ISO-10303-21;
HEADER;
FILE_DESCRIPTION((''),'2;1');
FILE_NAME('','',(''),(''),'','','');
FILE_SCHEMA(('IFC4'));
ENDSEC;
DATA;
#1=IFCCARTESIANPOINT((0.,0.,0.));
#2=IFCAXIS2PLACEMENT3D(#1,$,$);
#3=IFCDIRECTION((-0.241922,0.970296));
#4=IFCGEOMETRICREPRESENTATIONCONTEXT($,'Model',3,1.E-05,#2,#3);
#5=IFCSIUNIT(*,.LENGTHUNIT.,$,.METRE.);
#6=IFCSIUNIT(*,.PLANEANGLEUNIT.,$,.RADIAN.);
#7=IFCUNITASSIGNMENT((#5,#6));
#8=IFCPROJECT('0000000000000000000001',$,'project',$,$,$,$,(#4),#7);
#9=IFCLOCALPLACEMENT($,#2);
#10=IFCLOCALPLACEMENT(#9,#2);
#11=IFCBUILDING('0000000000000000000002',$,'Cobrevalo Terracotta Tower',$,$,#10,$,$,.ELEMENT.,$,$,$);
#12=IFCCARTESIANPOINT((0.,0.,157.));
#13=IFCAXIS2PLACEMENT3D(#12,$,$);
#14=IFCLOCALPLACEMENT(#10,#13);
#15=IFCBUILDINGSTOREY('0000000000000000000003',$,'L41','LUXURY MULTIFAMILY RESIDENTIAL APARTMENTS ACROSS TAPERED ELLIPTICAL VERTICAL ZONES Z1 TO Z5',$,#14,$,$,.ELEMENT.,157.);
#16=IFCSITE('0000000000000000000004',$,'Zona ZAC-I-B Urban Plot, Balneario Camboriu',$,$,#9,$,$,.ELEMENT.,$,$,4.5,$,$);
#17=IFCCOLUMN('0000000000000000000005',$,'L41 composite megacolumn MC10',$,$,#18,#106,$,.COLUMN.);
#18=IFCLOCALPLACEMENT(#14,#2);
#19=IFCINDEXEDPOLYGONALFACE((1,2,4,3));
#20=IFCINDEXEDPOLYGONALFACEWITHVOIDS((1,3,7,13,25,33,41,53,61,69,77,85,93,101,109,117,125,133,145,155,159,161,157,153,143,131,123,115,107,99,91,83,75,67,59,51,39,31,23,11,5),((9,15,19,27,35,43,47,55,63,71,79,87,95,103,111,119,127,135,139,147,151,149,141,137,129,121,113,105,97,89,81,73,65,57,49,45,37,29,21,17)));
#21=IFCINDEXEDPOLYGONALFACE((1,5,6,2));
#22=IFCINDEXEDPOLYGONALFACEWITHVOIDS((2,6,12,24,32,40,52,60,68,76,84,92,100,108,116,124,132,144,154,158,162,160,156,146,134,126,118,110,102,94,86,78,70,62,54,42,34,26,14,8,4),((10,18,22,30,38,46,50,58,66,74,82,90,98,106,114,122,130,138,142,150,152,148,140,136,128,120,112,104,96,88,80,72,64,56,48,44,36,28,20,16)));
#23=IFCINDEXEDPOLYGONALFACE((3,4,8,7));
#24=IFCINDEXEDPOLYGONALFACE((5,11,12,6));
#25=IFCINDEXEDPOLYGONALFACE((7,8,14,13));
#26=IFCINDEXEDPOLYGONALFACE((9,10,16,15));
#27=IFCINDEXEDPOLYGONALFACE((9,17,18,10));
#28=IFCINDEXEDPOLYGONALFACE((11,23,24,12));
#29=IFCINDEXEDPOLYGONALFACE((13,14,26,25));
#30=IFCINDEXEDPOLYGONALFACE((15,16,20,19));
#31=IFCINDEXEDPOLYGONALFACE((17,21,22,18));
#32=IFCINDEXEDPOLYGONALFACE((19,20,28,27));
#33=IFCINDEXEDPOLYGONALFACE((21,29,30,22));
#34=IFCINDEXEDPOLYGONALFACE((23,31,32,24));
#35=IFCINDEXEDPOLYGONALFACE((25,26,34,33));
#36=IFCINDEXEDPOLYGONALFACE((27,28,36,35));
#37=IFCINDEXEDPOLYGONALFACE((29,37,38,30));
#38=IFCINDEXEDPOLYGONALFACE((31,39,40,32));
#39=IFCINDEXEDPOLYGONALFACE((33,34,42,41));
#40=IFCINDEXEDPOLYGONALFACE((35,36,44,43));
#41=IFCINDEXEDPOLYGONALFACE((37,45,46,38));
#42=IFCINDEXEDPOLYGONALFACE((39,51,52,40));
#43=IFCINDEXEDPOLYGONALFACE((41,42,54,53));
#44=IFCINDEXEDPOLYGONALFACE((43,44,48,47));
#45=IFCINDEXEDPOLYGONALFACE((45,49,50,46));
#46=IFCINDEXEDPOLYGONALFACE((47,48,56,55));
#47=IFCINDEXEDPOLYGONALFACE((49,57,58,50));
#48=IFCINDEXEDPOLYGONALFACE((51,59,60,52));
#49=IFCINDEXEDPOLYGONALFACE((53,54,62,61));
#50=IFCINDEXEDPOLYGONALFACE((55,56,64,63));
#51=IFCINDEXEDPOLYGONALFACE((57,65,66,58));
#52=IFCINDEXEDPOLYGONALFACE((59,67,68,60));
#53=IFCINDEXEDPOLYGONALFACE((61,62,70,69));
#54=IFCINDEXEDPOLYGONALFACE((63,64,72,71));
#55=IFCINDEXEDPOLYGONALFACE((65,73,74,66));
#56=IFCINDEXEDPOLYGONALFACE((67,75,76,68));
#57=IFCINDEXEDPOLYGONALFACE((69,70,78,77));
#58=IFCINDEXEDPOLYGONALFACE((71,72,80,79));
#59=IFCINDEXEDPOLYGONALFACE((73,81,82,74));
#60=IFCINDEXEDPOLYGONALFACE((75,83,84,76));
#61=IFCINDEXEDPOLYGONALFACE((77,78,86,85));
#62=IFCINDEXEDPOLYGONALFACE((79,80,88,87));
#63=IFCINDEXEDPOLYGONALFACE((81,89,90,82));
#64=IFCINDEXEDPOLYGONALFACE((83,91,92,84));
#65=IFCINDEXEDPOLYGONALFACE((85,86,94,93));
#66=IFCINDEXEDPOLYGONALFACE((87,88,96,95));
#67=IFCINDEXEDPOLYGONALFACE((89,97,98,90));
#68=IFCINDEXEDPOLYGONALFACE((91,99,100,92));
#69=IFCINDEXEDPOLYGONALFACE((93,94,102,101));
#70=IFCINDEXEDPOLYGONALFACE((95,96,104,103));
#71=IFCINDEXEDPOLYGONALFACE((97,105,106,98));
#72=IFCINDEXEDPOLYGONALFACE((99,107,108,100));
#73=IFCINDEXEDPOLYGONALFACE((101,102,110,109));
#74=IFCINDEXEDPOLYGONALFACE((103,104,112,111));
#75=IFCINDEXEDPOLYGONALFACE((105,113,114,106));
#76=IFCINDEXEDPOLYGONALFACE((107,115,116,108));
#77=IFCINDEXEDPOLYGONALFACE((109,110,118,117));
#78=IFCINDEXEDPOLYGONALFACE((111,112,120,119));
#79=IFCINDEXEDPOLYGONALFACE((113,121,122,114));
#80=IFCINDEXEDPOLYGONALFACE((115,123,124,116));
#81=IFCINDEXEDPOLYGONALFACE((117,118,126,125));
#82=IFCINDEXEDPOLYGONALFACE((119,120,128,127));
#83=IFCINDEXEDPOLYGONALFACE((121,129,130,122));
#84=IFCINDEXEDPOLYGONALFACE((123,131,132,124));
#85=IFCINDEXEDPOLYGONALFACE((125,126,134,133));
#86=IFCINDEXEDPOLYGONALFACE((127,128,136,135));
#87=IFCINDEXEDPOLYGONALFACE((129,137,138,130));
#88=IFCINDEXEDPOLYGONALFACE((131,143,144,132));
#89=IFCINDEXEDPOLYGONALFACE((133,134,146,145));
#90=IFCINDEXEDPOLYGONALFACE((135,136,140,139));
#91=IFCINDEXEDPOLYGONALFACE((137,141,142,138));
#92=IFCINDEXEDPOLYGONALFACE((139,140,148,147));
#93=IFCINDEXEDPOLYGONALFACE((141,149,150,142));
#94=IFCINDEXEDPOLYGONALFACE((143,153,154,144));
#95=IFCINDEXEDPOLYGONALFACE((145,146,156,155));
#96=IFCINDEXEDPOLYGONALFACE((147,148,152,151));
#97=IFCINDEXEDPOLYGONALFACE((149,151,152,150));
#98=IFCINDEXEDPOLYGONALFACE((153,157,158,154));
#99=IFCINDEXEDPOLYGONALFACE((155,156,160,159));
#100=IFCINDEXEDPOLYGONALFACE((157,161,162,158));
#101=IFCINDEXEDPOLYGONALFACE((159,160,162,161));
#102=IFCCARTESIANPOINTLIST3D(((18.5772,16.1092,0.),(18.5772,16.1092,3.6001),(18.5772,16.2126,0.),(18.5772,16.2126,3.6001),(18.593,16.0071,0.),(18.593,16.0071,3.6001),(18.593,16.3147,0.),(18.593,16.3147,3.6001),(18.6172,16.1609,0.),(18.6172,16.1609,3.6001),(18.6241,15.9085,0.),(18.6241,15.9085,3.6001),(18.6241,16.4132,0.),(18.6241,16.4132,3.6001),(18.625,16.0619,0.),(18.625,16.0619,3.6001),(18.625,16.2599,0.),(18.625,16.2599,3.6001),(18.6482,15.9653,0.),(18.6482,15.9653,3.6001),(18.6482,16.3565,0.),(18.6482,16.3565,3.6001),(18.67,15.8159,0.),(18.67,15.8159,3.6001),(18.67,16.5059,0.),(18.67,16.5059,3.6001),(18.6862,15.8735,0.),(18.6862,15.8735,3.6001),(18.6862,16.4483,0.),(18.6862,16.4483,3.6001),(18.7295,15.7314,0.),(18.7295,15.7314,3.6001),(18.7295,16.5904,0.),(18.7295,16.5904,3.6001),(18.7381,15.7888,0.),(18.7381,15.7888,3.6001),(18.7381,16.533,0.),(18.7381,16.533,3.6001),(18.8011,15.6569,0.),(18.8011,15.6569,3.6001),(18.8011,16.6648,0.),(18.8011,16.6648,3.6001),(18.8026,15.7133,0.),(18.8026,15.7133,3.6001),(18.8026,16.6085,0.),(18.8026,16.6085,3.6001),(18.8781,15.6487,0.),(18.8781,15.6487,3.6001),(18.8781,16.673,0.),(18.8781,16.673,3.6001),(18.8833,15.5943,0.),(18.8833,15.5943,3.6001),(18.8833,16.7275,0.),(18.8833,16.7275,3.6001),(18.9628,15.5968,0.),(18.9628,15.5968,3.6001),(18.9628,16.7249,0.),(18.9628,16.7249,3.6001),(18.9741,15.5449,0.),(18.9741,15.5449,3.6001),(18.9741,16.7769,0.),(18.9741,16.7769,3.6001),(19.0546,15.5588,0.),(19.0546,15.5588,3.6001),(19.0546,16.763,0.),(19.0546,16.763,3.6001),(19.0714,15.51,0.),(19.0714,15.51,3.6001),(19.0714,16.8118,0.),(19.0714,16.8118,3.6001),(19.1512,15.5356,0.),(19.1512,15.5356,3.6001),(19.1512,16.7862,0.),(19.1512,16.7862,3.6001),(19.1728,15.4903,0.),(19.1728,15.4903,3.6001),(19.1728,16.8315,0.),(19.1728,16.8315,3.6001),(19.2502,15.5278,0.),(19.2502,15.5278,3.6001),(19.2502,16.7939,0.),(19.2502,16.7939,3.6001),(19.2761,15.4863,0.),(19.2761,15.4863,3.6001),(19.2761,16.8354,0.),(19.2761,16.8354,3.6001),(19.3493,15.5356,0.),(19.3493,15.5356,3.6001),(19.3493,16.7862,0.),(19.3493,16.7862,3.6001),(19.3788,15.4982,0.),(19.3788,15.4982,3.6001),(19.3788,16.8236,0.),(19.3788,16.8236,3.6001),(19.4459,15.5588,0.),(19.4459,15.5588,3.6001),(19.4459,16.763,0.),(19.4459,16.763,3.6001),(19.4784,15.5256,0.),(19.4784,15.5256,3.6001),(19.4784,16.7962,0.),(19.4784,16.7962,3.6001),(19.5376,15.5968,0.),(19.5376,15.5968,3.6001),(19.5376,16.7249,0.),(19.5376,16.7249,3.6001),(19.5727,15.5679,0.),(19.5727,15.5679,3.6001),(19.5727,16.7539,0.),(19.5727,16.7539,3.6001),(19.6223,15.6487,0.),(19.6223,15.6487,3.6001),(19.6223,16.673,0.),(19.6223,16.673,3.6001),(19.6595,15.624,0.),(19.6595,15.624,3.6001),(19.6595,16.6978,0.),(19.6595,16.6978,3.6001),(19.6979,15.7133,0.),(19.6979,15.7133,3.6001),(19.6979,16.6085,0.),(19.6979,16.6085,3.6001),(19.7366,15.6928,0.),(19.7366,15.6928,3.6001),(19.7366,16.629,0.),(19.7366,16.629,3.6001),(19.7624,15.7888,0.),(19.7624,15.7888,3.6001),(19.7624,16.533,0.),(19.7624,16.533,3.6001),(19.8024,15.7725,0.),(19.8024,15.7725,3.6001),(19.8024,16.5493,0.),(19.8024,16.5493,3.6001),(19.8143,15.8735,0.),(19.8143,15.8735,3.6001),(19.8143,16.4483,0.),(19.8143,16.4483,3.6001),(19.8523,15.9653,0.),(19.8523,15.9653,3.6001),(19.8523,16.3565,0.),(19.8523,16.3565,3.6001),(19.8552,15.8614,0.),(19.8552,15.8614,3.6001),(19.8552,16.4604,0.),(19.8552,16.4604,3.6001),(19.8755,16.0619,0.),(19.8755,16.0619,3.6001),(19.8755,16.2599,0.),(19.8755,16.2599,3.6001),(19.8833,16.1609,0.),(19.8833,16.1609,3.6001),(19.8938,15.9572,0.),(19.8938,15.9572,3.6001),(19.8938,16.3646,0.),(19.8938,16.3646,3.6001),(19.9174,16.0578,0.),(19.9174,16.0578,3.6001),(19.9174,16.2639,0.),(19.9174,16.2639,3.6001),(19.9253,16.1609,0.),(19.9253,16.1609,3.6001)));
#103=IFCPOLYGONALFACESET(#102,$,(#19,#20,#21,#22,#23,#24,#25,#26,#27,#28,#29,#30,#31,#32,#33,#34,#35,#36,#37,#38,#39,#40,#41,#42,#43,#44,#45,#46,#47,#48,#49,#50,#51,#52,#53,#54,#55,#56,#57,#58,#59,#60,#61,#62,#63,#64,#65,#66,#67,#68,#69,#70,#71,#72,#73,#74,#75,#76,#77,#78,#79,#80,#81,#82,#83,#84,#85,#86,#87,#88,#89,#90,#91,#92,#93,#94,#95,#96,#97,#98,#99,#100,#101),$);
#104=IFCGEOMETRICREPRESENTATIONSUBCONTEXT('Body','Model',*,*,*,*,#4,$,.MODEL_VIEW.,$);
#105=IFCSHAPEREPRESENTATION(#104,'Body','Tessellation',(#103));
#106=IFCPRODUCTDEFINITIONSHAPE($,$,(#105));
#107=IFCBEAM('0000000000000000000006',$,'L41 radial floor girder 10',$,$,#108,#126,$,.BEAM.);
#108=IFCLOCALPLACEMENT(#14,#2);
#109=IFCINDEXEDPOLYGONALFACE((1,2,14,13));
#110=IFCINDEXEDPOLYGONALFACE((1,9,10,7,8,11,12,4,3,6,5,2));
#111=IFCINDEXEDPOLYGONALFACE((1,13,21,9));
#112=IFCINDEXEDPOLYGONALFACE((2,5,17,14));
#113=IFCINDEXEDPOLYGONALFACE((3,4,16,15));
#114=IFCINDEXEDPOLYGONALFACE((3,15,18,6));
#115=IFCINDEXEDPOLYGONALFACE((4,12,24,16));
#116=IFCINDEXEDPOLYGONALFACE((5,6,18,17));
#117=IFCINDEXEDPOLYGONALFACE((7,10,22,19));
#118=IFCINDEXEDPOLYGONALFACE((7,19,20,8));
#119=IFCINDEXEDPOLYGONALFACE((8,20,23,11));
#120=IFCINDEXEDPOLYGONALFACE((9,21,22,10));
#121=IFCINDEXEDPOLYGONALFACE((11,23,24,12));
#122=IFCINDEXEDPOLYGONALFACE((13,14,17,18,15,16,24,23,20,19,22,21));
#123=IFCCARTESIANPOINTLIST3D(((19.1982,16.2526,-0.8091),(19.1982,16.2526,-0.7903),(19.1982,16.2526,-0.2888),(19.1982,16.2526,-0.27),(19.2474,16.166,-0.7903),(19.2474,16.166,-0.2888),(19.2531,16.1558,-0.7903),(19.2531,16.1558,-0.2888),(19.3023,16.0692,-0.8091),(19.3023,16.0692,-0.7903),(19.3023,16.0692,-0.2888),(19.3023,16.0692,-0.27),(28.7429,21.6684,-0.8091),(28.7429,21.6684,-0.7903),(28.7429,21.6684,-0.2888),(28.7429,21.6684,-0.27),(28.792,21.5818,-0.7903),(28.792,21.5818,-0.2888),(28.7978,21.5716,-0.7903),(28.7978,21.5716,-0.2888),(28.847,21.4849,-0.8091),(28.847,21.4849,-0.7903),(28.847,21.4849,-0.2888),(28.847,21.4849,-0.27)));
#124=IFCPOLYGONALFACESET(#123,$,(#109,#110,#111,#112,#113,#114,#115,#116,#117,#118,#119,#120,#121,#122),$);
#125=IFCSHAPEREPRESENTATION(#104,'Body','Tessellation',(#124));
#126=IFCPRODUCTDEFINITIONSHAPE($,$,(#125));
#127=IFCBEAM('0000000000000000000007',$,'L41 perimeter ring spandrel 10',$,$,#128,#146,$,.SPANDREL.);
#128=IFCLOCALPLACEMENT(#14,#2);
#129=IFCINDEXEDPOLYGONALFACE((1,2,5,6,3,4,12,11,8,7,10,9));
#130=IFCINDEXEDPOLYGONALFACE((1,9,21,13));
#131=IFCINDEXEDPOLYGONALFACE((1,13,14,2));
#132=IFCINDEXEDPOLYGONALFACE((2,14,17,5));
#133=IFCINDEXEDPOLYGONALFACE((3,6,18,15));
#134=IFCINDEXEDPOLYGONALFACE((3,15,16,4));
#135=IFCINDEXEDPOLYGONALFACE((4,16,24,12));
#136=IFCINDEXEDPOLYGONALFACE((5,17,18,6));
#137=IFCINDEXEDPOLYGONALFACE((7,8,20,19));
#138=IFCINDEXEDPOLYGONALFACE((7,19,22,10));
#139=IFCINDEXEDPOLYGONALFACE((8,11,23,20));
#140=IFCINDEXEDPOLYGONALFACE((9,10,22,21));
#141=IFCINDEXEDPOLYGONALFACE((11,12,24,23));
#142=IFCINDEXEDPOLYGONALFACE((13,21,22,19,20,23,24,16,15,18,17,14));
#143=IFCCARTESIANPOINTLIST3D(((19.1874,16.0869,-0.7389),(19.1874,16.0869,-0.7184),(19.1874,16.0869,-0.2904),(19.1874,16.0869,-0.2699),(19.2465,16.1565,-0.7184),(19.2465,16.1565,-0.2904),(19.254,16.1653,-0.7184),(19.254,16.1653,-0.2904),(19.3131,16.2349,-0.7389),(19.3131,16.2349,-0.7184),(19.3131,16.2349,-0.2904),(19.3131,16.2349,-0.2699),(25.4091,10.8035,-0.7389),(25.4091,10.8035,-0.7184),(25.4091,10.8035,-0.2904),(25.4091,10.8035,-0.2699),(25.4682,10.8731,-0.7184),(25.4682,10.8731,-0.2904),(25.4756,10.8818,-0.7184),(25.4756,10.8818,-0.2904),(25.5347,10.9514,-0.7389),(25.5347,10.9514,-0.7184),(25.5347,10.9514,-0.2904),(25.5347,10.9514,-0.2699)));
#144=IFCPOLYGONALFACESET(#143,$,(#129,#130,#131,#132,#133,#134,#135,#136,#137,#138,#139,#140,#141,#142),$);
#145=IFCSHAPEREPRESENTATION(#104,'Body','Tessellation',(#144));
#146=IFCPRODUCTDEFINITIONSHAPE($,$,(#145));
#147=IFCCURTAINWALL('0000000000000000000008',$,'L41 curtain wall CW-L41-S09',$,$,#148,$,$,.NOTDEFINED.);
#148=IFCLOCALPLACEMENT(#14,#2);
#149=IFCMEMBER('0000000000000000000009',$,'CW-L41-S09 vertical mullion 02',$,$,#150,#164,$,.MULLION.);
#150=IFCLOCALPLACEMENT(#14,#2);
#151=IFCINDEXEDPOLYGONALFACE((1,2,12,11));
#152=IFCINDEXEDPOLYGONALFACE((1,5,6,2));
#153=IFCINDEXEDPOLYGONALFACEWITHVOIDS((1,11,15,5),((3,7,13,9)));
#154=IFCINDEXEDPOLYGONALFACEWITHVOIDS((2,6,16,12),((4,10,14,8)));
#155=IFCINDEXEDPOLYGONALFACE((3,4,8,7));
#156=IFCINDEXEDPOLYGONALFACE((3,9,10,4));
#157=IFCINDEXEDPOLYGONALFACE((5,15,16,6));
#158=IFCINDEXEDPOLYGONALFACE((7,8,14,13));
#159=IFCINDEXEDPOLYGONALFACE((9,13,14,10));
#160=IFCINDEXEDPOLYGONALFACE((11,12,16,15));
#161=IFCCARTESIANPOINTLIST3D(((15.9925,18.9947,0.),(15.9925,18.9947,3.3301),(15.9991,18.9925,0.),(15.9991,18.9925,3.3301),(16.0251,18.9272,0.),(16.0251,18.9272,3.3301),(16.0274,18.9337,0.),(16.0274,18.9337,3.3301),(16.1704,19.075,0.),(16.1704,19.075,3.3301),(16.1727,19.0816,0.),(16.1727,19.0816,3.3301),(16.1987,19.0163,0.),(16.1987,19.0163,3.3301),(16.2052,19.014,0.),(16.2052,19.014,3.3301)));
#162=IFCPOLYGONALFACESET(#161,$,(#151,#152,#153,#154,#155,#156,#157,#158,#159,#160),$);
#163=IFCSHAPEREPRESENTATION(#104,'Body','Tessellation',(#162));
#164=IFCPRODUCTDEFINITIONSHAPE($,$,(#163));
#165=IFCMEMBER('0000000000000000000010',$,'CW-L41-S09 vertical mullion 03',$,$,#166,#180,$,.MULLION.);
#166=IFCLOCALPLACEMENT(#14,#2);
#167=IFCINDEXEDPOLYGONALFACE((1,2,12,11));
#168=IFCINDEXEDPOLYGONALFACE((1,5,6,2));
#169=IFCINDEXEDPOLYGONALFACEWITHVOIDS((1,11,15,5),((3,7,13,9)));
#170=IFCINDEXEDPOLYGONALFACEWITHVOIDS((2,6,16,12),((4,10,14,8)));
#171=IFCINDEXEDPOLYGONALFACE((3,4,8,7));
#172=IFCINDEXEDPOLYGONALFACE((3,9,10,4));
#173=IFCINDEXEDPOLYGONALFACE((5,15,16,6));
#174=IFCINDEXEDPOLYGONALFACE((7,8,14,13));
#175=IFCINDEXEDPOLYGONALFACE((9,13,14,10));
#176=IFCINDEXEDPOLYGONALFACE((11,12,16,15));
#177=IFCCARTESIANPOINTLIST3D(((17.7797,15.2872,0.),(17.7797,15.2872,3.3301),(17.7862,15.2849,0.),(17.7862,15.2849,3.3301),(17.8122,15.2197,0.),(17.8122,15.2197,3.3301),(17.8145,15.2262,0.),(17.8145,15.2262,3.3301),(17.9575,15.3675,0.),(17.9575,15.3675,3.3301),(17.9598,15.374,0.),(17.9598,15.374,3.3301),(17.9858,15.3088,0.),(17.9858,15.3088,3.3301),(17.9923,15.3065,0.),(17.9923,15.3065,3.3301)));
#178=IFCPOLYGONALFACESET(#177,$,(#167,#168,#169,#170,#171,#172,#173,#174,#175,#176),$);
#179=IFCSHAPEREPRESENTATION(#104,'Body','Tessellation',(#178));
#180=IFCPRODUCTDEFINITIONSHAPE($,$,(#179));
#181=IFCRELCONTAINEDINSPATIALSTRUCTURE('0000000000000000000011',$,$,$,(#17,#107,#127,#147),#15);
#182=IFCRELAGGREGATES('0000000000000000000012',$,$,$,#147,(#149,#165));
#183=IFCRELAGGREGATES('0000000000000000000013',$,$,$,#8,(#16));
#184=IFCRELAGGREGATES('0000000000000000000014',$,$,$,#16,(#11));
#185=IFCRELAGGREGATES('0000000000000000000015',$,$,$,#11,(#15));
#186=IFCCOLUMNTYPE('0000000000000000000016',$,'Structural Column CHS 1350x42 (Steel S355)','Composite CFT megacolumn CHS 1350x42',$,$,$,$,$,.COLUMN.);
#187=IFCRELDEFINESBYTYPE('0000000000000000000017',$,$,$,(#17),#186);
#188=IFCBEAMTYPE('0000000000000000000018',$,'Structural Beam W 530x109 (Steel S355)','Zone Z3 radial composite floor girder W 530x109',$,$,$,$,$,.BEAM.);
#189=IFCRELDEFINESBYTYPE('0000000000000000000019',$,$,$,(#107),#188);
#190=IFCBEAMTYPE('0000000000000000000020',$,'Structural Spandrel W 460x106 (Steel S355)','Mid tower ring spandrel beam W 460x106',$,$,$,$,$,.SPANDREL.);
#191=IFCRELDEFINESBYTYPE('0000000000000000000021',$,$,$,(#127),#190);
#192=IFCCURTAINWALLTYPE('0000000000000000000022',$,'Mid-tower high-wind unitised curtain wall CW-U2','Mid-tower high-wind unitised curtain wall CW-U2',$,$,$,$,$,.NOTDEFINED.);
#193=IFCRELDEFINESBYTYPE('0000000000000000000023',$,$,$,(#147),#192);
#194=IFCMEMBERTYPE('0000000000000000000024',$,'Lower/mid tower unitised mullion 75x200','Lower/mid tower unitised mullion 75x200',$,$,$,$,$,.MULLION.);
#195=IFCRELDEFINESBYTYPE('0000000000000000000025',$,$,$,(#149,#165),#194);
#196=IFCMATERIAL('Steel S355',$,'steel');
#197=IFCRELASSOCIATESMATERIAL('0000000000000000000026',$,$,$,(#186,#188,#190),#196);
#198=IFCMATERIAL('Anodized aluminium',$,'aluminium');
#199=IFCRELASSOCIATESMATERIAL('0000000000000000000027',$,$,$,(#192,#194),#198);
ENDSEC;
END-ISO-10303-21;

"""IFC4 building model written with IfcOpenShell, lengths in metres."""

from ifc_helpers import new_model, si_unit, direction, frame, origin, origin_2d, place, context, subcontext, project, spatial, hollow_rectangle, hollow_circle, i_section, extrude, source, transform, mapped, material, material_profile, profile_set, type_object, element, aggregate, save


model = new_model("IFC4")

# Units and contexts
model_context = context("Model", 3, precision=1e-05, world=origin(), true_north=direction((-0.241922, 0.970296)))
body_context = subcontext(model_context, "Body", "Model", "MODEL_VIEW")
ifc_project = project(units=[si_unit("LENGTHUNIT", "METRE"), si_unit("PLANEANGLEUNIT", "RADIAN")], contexts=[model_context])

# Site, building, storey
site_placement = place(None, origin())
site = spatial("IfcSite", under=ifc_project, at=site_placement, Name="Zona ZAC-I-B Urban Plot, Balneario Camboriu", CompositionType="ELEMENT", RefElevation=4.5)
building_placement = place(site_placement, origin())
building = spatial("IfcBuilding", under=site, at=building_placement, Name="Cobrevalo Terracotta Tower", CompositionType="ELEMENT")
storey_placement = place(building_placement, frame((0.0, 0.0, 157.0)))
storey = spatial("IfcBuildingStorey", under=building, at=storey_placement, Name="L41", Description="LUXURY MULTIFAMILY RESIDENTIAL APARTMENTS ACROSS TAPERED ELLIPTICAL VERTICAL ZONES Z1 TO Z5", CompositionType="ELEMENT", Elevation=157.0)

# Column
ifc_material_1 = material(Name="Steel S355", Category="steel")
ifc_material_profile_1 = material_profile(ifc_material_1, hollow_circle(Radius=0.675, WallThickness=0.042, at=origin_2d()), Name="CHS 1350x42")
ifc_profile_set_1 = profile_set([ifc_material_profile_1], Name="Steel S355")
column_type = type_object("IfcColumnType", Name="Structural Column CHS 1350x42 (Steel S355)", Description="Composite CFT megacolumn CHS 1350x42", PredefinedType="COLUMN", material=ifc_profile_set_1)
column_placement = place(storey_placement, frame((19.2502, 16.1609, 0.0), z_axis=(0.0, 0.0, 1.0), x_axis=(1.0, 0.0, 0.0)))
element("IfcColumn", 1, at=column_placement, inside=storey, type_object=column_type, Name="L41 composite megacolumn MC10", PredefinedType="COLUMN", context=body_context, shape_type="SweptSolid", body=[
    extrude(hollow_circle(Radius=0.675, WallThickness=0.042, at=origin_2d()), origin(), (0.0, 0.0, 1.0), 3.6001),
])

# Beams
ifc_material_profile_2 = material_profile(ifc_material_1, i_section(OverallWidth=0.2109, OverallDepth=0.5391, WebThickness=0.0117, FlangeThickness=0.0188, at=origin_2d()), Name="W 530x109")
ifc_profile_set_2 = profile_set([ifc_material_profile_2], Name="Steel S355")
beam_type_1 = type_object("IfcBeamType", Name="Structural Beam W 530x109 (Steel S355)", Description="Zone Z3 radial composite floor girder W 530x109", PredefinedType="BEAM", material=ifc_profile_set_2)
beam_1_placement = place(storey_placement, frame((19.2502, 16.1609, -0.5396), z_axis=(0.869744, 0.493504, 0.0), x_axis=(-0.493504, 0.869744, 0.0)))
element("IfcBeam", 2, at=beam_1_placement, inside=storey, type_object=beam_type_1, Name="L41 radial floor girder 10", PredefinedType="BEAM", context=body_context, shape_type="SweptSolid", body=[
    extrude(i_section(OverallWidth=0.2109, OverallDepth=0.5391, WebThickness=0.0117, FlangeThickness=0.0188, at=origin_2d()), origin(), (0.0, 0.0, 1.0), 10.9741),
])
ifc_material_profile_3 = material_profile(ifc_material_1, i_section(OverallWidth=0.1941, OverallDepth=0.469, WebThickness=0.0115, FlangeThickness=0.0205, at=origin_2d()), Name="W 460x106")
ifc_profile_set_3 = profile_set([ifc_material_profile_3], Name="Steel S355")
beam_type_2 = type_object("IfcBeamType", Name="Structural Spandrel W 460x106 (Steel S355)", Description="Mid tower ring spandrel beam W 460x106", PredefinedType="SPANDREL", material=ifc_profile_set_3)
beam_2_placement = place(storey_placement, frame((19.2502, 16.1609, -0.5044), z_axis=(0.76224, -0.647294, 0.0), x_axis=(0.647294, 0.76224, 0.0)))
element("IfcBeam", 3, at=beam_2_placement, inside=storey, type_object=beam_type_2, Name="L41 perimeter ring spandrel 10", PredefinedType="SPANDREL", context=body_context, shape_type="SweptSolid", body=[
    extrude(i_section(OverallWidth=0.1941, OverallDepth=0.469, WebThickness=0.0115, FlangeThickness=0.0205, at=origin_2d()), origin(), (0.0, 0.0, 1.0), 8.1624),
])

# Curtain wall, members
ifc_material_2 = material(Name="Anodized aluminium", Category="aluminium")
curtain_wall_type = type_object("IfcCurtainWallType", Name="Mid-tower high-wind unitised curtain wall CW-U2", Description="Mid-tower high-wind unitised curtain wall CW-U2", PredefinedType="NOTDEFINED", material=ifc_material_2)
curtain_wall_1_placement = place(storey_placement, origin())
curtain_wall_1 = element("IfcCurtainWall", 4, at=curtain_wall_1_placement, inside=storey, type_object=curtain_wall_type, Name="L41 curtain wall CW-L41-S09", PredefinedType="NOTDEFINED")
ifc_material_profile_4 = material_profile(ifc_material_2, hollow_rectangle(XDim=0.075, YDim=0.2, WallThickness=0.0049, at=origin_2d()), Name="CWM 75x200")
ifc_profile_set_4 = profile_set([ifc_material_profile_4], Name="Anodized aluminium")
member_type_1 = type_object("IfcMemberType", Name="Lower/mid tower unitised mullion 75x200", Description="Lower/mid tower unitised mullion 75x200", PredefinedType="MULLION", material=ifc_profile_set_4)
shared_shape_1 = source(origin(), body_context, "Body", "SweptSolid", [
    extrude(hollow_rectangle(XDim=0.075, YDim=0.2, WallThickness=0.0049, at=origin_2d()), origin(), (0.0, 0.0, 1.0), 3.3301),
])
member_1_placement = place(storey_placement, frame((16.0989, 19.0044, 0.0), z_axis=(0.0, 0.0, 1.0), x_axis=(0.434209, -0.900812, 0.0)))
member_1 = element("IfcMember", 5, at=member_1_placement, type_object=member_type_1, Name="CW-L41-S09 vertical mullion 02", PredefinedType="MULLION", context=body_context, shape_type="MappedRepresentation", body=[
    mapped(shared_shape_1, transform((0.0, 0.0, 0.0), scale=1.0)),
])
member_2_placement = place(storey_placement, frame((17.886, 15.2969, 0.0), z_axis=(0.0, 0.0, 1.0), x_axis=(0.434209, -0.900812, 0.0)))
member_2 = element("IfcMember", 6, at=member_2_placement, type_object=member_type_1, Name="CW-L41-S09 vertical mullion 03", PredefinedType="MULLION", context=body_context, shape_type="MappedRepresentation", body=[
    mapped(shared_shape_1, transform((0.0, 0.0, 0.0), scale=1.0)),
])

aggregate(curtain_wall_1, [member_1, member_2])

save(model, "model.ifc")
